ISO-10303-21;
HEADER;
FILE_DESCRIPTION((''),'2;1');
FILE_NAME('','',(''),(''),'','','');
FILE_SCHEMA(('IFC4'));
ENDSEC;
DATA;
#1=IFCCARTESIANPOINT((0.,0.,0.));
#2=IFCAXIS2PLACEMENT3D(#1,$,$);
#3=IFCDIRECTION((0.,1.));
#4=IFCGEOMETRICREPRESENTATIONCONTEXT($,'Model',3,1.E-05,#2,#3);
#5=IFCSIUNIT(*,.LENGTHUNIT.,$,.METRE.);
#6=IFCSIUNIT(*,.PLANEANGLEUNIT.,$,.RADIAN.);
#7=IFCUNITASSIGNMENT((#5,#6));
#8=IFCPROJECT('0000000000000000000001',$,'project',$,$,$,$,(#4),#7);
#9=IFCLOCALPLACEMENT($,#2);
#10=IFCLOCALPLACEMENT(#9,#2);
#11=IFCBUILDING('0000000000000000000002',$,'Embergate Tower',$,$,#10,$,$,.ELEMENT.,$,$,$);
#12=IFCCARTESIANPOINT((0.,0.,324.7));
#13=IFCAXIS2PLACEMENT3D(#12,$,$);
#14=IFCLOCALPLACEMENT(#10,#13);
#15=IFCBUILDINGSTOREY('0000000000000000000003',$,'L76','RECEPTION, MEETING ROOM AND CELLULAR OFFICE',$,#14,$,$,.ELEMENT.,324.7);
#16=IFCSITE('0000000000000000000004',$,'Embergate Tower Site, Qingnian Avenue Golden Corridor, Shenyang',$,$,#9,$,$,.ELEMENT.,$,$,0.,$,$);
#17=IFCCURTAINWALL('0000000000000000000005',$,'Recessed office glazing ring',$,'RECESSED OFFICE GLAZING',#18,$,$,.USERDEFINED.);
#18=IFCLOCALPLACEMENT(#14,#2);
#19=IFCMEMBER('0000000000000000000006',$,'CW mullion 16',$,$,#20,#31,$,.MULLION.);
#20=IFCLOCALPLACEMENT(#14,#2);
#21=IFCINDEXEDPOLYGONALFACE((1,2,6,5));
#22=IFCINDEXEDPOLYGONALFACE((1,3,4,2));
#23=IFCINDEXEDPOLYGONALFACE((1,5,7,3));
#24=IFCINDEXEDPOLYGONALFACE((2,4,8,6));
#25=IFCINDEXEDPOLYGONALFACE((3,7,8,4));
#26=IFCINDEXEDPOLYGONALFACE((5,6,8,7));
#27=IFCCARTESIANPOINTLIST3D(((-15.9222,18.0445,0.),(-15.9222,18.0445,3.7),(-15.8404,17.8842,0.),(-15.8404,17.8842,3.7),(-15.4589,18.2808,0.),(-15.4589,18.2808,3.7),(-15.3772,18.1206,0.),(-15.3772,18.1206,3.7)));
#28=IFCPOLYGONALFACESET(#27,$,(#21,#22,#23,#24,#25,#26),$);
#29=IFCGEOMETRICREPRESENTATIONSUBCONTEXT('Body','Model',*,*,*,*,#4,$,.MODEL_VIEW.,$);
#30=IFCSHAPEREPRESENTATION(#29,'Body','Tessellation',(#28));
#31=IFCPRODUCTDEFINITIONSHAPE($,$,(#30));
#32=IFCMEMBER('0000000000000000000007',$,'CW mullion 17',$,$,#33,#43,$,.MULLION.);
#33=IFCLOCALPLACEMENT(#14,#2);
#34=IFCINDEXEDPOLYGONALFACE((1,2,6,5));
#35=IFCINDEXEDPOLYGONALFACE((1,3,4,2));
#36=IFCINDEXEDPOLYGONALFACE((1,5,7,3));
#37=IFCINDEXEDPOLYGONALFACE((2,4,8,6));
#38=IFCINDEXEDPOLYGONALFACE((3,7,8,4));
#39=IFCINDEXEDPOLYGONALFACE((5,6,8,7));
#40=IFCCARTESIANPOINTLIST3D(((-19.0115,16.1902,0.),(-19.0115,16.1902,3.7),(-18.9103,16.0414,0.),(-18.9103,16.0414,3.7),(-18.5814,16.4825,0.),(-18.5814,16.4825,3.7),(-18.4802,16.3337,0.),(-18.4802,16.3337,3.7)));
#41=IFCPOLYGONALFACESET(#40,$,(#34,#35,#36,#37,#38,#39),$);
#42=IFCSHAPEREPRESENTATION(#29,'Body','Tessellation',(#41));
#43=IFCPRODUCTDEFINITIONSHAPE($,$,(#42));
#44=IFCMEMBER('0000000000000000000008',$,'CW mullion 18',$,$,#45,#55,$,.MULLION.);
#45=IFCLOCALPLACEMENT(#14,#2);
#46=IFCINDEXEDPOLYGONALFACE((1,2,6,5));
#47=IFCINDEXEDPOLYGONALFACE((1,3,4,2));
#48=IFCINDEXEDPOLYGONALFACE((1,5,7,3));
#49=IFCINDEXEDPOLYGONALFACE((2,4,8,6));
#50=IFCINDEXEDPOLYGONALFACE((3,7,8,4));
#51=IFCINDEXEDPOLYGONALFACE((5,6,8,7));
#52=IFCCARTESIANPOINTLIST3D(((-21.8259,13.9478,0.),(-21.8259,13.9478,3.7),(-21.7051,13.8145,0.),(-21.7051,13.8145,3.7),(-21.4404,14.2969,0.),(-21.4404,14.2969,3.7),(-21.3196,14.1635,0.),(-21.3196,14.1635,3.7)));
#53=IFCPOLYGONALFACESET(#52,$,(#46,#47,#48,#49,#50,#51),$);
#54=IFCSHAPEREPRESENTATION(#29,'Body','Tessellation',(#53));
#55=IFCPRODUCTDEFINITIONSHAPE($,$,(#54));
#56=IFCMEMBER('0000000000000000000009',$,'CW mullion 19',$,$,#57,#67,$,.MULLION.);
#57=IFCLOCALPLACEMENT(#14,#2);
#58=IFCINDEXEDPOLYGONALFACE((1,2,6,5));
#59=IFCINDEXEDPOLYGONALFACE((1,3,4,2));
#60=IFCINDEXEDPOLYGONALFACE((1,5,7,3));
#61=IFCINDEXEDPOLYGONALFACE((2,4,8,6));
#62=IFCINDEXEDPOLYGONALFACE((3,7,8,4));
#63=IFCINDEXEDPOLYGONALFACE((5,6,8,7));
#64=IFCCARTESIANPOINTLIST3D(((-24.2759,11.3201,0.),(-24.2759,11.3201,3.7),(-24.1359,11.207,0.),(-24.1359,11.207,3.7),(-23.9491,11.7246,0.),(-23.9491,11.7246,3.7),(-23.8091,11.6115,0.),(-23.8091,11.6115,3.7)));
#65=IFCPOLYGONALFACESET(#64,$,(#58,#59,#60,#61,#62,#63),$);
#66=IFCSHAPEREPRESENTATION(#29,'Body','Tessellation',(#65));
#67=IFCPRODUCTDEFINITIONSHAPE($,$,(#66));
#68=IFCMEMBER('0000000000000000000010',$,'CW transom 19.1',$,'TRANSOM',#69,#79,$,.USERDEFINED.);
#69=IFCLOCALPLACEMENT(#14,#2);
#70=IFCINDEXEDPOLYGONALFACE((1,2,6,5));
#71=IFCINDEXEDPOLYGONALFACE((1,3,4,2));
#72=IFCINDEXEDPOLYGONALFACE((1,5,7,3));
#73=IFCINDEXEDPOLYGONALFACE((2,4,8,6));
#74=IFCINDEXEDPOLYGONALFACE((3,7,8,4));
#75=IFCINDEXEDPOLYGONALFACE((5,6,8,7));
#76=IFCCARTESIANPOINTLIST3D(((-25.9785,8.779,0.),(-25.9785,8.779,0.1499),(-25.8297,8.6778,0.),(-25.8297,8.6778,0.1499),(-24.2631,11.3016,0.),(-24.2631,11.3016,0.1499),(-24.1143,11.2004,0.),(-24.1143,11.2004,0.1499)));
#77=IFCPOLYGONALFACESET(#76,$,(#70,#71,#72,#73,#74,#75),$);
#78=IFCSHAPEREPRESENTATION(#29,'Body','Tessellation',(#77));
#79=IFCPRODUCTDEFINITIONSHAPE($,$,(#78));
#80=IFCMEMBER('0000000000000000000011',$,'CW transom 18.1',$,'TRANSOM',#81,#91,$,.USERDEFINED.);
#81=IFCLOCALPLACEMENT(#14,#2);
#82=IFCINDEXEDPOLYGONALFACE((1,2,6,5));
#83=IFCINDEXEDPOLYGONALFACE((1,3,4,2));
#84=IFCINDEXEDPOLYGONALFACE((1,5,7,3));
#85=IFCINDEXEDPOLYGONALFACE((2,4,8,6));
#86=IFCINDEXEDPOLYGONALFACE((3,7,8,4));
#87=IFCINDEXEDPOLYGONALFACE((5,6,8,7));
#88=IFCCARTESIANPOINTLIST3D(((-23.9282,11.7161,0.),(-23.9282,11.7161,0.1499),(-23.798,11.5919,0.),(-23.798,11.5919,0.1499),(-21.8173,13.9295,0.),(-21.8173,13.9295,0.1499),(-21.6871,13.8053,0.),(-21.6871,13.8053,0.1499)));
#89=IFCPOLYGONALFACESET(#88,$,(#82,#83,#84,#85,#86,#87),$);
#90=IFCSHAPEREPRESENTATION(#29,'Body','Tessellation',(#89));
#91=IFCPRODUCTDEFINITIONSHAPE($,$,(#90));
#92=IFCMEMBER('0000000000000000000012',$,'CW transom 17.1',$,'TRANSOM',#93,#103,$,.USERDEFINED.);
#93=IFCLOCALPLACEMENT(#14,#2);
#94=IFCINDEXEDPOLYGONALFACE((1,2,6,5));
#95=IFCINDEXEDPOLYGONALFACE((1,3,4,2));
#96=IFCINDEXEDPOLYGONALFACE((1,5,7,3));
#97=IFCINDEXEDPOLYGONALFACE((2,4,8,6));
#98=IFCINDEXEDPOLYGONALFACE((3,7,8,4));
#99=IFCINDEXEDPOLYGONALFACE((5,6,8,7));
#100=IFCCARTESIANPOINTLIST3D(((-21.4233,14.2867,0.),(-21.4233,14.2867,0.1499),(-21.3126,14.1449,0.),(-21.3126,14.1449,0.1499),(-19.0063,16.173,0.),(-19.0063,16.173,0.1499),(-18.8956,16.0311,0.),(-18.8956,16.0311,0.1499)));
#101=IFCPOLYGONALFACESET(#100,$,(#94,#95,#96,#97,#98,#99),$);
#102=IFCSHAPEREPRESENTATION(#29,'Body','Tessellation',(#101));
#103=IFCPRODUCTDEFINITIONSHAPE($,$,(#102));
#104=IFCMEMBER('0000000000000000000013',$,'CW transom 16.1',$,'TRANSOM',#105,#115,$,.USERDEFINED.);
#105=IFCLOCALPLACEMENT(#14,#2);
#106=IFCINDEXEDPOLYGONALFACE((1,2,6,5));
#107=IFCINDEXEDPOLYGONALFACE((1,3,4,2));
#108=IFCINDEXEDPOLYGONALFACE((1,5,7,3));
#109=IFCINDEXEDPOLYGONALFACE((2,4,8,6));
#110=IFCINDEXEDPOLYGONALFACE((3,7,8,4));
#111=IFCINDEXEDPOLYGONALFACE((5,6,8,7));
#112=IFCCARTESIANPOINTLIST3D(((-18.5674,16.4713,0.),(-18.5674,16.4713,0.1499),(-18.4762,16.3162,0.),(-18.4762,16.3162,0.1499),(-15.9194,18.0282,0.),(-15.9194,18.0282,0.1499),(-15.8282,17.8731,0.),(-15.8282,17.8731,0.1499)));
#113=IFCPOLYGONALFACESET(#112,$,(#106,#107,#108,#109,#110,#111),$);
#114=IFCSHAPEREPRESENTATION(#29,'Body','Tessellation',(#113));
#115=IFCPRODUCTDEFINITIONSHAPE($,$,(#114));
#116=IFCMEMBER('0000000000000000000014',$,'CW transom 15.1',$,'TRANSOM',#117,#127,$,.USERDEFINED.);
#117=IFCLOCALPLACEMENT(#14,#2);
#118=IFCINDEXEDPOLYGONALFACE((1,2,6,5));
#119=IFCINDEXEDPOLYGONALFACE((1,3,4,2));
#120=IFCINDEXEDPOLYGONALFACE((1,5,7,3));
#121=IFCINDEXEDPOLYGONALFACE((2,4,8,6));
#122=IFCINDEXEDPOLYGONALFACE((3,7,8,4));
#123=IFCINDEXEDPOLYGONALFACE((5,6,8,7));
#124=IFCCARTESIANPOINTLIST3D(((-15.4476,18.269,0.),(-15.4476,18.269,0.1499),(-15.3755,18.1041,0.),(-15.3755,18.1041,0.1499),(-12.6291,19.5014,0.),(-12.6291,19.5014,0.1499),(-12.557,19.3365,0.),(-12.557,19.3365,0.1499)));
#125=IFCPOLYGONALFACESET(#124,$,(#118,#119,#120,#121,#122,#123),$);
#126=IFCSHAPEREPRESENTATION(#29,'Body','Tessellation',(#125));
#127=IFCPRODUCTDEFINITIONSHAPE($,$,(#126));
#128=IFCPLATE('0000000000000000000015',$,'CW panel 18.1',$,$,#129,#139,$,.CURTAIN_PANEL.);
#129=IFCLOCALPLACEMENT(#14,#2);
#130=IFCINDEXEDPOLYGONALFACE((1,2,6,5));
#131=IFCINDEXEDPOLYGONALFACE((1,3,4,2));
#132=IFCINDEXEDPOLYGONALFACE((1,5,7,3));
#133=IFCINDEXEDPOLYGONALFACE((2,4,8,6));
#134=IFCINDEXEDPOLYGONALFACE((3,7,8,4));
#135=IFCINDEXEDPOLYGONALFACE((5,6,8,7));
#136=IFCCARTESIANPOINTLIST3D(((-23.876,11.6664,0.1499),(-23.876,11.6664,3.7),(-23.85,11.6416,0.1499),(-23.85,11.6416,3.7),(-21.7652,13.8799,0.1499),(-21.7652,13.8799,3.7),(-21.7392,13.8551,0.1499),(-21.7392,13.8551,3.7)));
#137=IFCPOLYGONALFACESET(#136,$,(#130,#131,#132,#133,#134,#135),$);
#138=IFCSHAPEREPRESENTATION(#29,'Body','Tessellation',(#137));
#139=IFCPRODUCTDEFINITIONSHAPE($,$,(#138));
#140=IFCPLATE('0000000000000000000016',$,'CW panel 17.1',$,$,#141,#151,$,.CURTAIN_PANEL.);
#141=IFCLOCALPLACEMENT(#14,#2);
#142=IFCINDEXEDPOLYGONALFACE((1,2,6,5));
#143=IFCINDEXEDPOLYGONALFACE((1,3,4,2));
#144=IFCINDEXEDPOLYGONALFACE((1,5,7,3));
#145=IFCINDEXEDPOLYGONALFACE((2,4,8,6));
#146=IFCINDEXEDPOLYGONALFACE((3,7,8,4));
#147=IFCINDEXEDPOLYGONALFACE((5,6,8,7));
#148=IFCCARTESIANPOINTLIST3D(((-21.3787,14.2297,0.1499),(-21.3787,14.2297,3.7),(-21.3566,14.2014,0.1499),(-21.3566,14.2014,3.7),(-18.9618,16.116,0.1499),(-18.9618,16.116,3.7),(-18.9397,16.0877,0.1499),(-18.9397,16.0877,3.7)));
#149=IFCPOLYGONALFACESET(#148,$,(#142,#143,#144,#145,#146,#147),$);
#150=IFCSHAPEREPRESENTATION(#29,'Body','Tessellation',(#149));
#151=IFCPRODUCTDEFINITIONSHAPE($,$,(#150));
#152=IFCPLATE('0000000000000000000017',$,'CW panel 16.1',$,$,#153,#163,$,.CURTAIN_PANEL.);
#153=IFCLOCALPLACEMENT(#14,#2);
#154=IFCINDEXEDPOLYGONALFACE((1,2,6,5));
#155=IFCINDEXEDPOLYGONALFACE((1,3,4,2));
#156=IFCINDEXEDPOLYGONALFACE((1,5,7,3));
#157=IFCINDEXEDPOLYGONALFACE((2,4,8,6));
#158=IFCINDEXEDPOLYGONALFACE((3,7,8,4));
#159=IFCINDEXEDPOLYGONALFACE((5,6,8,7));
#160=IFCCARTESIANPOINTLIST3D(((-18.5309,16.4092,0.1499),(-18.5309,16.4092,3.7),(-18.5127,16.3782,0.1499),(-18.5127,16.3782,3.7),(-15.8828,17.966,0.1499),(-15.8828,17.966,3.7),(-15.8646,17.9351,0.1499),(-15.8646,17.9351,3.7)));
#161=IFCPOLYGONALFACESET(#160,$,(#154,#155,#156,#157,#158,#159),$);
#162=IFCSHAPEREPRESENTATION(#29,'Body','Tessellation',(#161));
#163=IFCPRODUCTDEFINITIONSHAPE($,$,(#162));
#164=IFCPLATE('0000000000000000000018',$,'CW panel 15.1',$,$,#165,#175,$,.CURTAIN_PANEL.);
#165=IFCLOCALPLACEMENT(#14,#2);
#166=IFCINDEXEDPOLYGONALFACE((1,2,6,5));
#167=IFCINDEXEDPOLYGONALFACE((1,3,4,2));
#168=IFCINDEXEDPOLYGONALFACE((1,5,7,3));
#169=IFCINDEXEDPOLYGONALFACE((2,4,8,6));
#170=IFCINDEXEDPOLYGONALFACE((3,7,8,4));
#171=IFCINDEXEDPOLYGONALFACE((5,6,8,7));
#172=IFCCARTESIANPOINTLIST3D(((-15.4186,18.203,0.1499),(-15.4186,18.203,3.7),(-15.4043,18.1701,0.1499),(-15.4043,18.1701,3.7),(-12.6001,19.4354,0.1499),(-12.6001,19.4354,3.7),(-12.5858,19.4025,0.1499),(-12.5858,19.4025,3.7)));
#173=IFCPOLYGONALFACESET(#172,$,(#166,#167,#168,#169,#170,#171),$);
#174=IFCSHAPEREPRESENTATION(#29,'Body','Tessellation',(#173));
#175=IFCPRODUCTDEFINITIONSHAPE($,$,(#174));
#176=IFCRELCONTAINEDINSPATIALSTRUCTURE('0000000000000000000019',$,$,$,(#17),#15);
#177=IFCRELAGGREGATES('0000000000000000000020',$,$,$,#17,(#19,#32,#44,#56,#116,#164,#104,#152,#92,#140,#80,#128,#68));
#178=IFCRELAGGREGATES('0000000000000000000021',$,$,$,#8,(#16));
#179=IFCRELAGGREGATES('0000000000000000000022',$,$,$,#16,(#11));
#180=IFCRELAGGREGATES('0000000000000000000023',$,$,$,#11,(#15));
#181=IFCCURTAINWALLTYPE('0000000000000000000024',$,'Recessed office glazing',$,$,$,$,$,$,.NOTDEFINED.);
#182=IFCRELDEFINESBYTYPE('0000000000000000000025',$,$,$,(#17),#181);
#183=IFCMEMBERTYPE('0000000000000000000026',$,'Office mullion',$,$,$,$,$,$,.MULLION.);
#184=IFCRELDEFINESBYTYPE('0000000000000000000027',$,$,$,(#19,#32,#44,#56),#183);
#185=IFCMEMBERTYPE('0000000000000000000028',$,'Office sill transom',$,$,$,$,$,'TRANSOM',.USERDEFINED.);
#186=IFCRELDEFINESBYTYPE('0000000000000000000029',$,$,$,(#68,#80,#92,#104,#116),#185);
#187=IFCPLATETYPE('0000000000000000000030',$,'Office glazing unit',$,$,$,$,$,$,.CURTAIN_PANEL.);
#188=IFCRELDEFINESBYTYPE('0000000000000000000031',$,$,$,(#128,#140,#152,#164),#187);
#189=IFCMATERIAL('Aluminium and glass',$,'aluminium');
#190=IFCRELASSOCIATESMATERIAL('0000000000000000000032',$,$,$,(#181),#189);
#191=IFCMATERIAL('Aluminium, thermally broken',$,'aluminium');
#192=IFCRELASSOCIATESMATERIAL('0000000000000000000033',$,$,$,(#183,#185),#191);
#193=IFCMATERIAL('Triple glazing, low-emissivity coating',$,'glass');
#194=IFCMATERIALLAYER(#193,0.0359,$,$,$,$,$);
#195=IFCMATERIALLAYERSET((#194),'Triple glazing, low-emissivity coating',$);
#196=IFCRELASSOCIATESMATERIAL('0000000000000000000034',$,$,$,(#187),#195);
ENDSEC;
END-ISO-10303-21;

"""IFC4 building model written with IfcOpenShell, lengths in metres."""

from ifc_helpers import new_model, si_unit, direction, frame, origin, origin_2d, place, context, subcontext, project, spatial, rectangle, extrude, source, transform, mapped, material, layer, layer_set, material_profile, profile_set, type_object, element, aggregate, save


model = new_model("IFC4")

# Units and contexts
model_context = context("Model", 3, precision=1e-05, world=origin(), true_north=direction((0.0, 1.0)))
body_context = subcontext(model_context, "Body", "Model", "MODEL_VIEW")
ifc_project = project(units=[si_unit("LENGTHUNIT", "METRE"), si_unit("PLANEANGLEUNIT", "RADIAN")], contexts=[model_context])

# Site, building, storey
site_placement = place(None, origin())
site = spatial("IfcSite", under=ifc_project, at=site_placement, Name="Embergate Tower Site, Qingnian Avenue Golden Corridor, Shenyang", CompositionType="ELEMENT", RefElevation=0.0)
building_placement = place(site_placement, origin())
building = spatial("IfcBuilding", under=site, at=building_placement, Name="Embergate Tower", CompositionType="ELEMENT")
storey_placement = place(building_placement, frame((0.0, 0.0, 324.7)))
storey = spatial("IfcBuildingStorey", under=building, at=storey_placement, Name="L76", Description="RECEPTION, MEETING ROOM AND CELLULAR OFFICE", CompositionType="ELEMENT", Elevation=324.7)

# Curtain wall, members, plates
ifc_material_1 = material(Name="Aluminium and glass", Category="aluminium")
curtain_wall_type = type_object("IfcCurtainWallType", Name="Recessed office glazing", PredefinedType="NOTDEFINED", material=ifc_material_1)
curtain_wall_placement = place(storey_placement, origin())
curtain_wall = element("IfcCurtainWall", 1, at=curtain_wall_placement, inside=storey, type_object=curtain_wall_type, Name="Recessed office glazing ring", ObjectType="RECESSED OFFICE GLAZING", PredefinedType="USERDEFINED")
ifc_material_2 = material(Name="Aluminium, thermally broken", Category="aluminium")
ifc_material_profile_1 = material_profile(ifc_material_2, rectangle(XDim=0.1799, YDim=0.52, at=origin_2d()), Name="AL 520x180")
ifc_profile_set_1 = profile_set([ifc_material_profile_1], Name="Aluminium, thermally broken")
member_type_1 = type_object("IfcMemberType", Name="Office mullion", PredefinedType="MULLION", material=ifc_profile_set_1)
shared_shape_1 = source(origin(), body_context, "Body", "SweptSolid", [
    extrude(rectangle(XDim=0.1799, YDim=0.52, at=origin_2d()), origin(), (0.0, 0.0, 1.0), 3.7),
])
member_1_placement = place(storey_placement, frame((-15.6497, 18.0825, 0.0), z_axis=(0.0, 0.0, 1.0), x_axis=(0.454508, -0.890743, 0.0)))
member_1 = element("IfcMember", 2, at=member_1_placement, type_object=member_type_1, Name="CW mullion 16", PredefinedType="MULLION", context=body_context, shape_type="MappedRepresentation", body=[
    mapped(shared_shape_1, transform((0.0, 0.0, 0.0))),
])
member_2_placement = place(storey_placement, frame((-18.7458, 16.262, 0.0), z_axis=(0.0, 0.0, 1.0), x_axis=(0.56221, -0.826994, 0.0)))
member_2 = element("IfcMember", 3, at=member_2_placement, type_object=member_type_1, Name="CW mullion 17", PredefinedType="MULLION", context=body_context, shape_type="MappedRepresentation", body=[
    mapped(shared_shape_1, transform((0.0, 0.0, 0.0))),
])
member_3_placement = place(storey_placement, frame((-21.5728, 14.0557, 0.0), z_axis=(0.0, 0.0, 1.0), x_axis=(0.671217, -0.74126, 0.0)))
member_3 = element("IfcMember", 4, at=member_3_placement, type_object=member_type_1, Name="CW mullion 18", PredefinedType="MULLION", context=body_context, shape_type="MappedRepresentation", body=[
    mapped(shared_shape_1, transform((0.0, 0.0, 0.0))),
])
member_4_placement = place(storey_placement, frame((-24.0425, 11.4658, 0.0), z_axis=(0.0, 0.0, 1.0), x_axis=(0.777862, -0.628436, 0.0)))
member_4 = element("IfcMember", 5, at=member_4_placement, type_object=member_type_1, Name="CW mullion 19", PredefinedType="MULLION", context=body_context, shape_type="MappedRepresentation", body=[
    mapped(shared_shape_1, transform((0.0, 0.0, 0.0))),
])
ifc_material_profile_2 = material_profile(ifc_material_2, rectangle(XDim=0.1799, YDim=0.1499, at=origin_2d()), Name="AL 150x180")
ifc_profile_set_2 = profile_set([ifc_material_profile_2], Name="Aluminium, thermally broken")
member_type_2 = type_object("IfcMemberType", Name="Office sill transom", ElementType="TRANSOM", PredefinedType="USERDEFINED", material=ifc_profile_set_2)
shared_shape_2 = source(origin(), body_context, "Body", "SweptSolid", [
    extrude(rectangle(XDim=0.1799, YDim=0.1499, at=origin_2d()), origin(), (0.0, 0.0, 1.0), 3.0505),
])
member_5_placement = place(storey_placement, frame((-24.1887, 11.251, 0.075), z_axis=(-0.562323, -0.826918, 0.0), x_axis=(0.826918, -0.562323, 0.0)))
member_5 = element("IfcMember", 6, at=member_5_placement, type_object=member_type_2, Name="CW transom 19.1", ObjectType="TRANSOM", PredefinedType="USERDEFINED", context=body_context, shape_type="MappedRepresentation", body=[
    mapped(shared_shape_2, transform((0.0, 0.0, 0.0))),
])
shared_shape_3 = source(origin(), body_context, "Body", "SweptSolid", [
    extrude(rectangle(XDim=0.1799, YDim=0.1499, at=origin_2d()), origin(), (0.0, 0.0, 1.0), 3.0586),
])
member_6_placement = place(storey_placement, frame((-21.7522, 13.8674, 0.075), z_axis=(-0.690145, -0.723671, 0.0), x_axis=(0.723671, -0.690145, 0.0)))
member_6 = element("IfcMember", 7, at=member_6_placement, type_object=member_type_2, Name="CW transom 18.1", ObjectType="TRANSOM", PredefinedType="USERDEFINED", context=body_context, shape_type="MappedRepresentation", body=[
    mapped(shared_shape_3, transform((0.0, 0.0, 0.0))),
])
shared_shape_4 = source(origin(), body_context, "Body", "SweptSolid", [
    extrude(rectangle(XDim=0.1799, YDim=0.1499, at=origin_2d()), origin(), (0.0, 0.0, 1.0), 3.0659),
])
member_7_placement = place(storey_placement, frame((-18.9509, 16.1021, 0.075), z_axis=(-0.788348, -0.61523, 0.0), x_axis=(0.61523, -0.788348, 0.0)))
member_7 = element("IfcMember", 8, at=member_7_placement, type_object=member_type_2, Name="CW transom 17.1", ObjectType="TRANSOM", PredefinedType="USERDEFINED", context=body_context, shape_type="MappedRepresentation", body=[
    mapped(shared_shape_4, transform((0.0, 0.0, 0.0))),
])
shared_shape_5 = source(origin(), body_context, "Body", "SweptSolid", [
    extrude(rectangle(XDim=0.1799, YDim=0.1499, at=origin_2d()), origin(), (0.0, 0.0, 1.0), 3.0718),
])
member_8_placement = place(storey_placement, frame((-15.8738, 17.9507, 0.075), z_axis=(-0.862038, -0.506843, 0.0), x_axis=(0.506843, -0.862038, 0.0)))
member_8 = element("IfcMember", 9, at=member_8_placement, type_object=member_type_2, Name="CW transom 16.1", ObjectType="TRANSOM", PredefinedType="USERDEFINED", context=body_context, shape_type="MappedRepresentation", body=[
    mapped(shared_shape_5, transform((0.0, 0.0, 0.0))),
])
shared_shape_6 = source(origin(), body_context, "Body", "SweptSolid", [
    extrude(rectangle(XDim=0.1799, YDim=0.1499, at=origin_2d()), origin(), (0.0, 0.0, 1.0), 3.0762),
])
member_9_placement = place(storey_placement, frame((-12.593, 19.4189, 0.075), z_axis=(-0.916243, -0.400623, 0.0), x_axis=(0.400623, -0.916243, 0.0)))
member_9 = element("IfcMember", 10, at=member_9_placement, type_object=member_type_2, Name="CW transom 15.1", ObjectType="TRANSOM", PredefinedType="USERDEFINED", context=body_context, shape_type="MappedRepresentation", body=[
    mapped(shared_shape_6, transform((0.0, 0.0, 0.0))),
])
ifc_material_3 = material(Name="Triple glazing, low-emissivity coating", Category="glass")
ifc_layer_1 = layer(ifc_material_3, 0.0359)
ifc_layer_set_1 = layer_set([ifc_layer_1], Name="Triple glazing, low-emissivity coating")
plate_type = type_object("IfcPlateType", Name="Office glazing unit", PredefinedType="CURTAIN_PANEL", material=ifc_layer_set_1)
shared_shape_7 = source(origin(), body_context, "Body", "SweptSolid", [
    extrude(rectangle(XDim=3.0586, YDim=0.0359, at=origin_2d()), origin(), (0.0, 0.0, 1.0), 3.55),
])
plate_1_placement = place(storey_placement, frame((-22.8076, 12.7607, 0.1499), z_axis=(0.0, 0.0, 1.0), x_axis=(-0.690133, -0.723683, 0.0)))
plate_1 = element("IfcPlate", 11, at=plate_1_placement, type_object=plate_type, Name="CW panel 18.1", PredefinedType="CURTAIN_PANEL", context=body_context, shape_type="MappedRepresentation", body=[
    mapped(shared_shape_7, transform((0.0, 0.0, 0.0))),
])
shared_shape_8 = source(origin(), body_context, "Body", "SweptSolid", [
    extrude(rectangle(XDim=3.0659, YDim=0.0359, at=origin_2d()), origin(), (0.0, 0.0, 1.0), 3.55),
])
plate_2_placement = place(storey_placement, frame((-20.1592, 15.1587, 0.1499), z_axis=(0.0, 0.0, 1.0), x_axis=(-0.788318, -0.615268, 0.0)))
plate_2 = element("IfcPlate", 12, at=plate_2_placement, type_object=plate_type, Name="CW panel 17.1", PredefinedType="CURTAIN_PANEL", context=body_context, shape_type="MappedRepresentation", body=[
    mapped(shared_shape_8, transform((0.0, 0.0, 0.0))),
])
shared_shape_9 = source(origin(), body_context, "Body", "SweptSolid", [
    extrude(rectangle(XDim=3.0718, YDim=0.0359, at=origin_2d()), origin(), (0.0, 0.0, 1.0), 3.55),
])
plate_3_placement = place(storey_placement, frame((-17.1978, 17.1721, 0.1499), z_axis=(0.0, 0.0, 1.0), x_axis=(-0.862051, -0.506822, 0.0)))
plate_3 = element("IfcPlate", 13, at=plate_3_placement, type_object=plate_type, Name="CW panel 16.1", PredefinedType="CURTAIN_PANEL", context=body_context, shape_type="MappedRepresentation", body=[
    mapped(shared_shape_9, transform((0.0, 0.0, 0.0))),
])
shared_shape_10 = source(origin(), body_context, "Body", "SweptSolid", [
    extrude(rectangle(XDim=3.0762, YDim=0.0359, at=origin_2d()), origin(), (0.0, 0.0, 1.0), 3.55),
])
plate_4_placement = place(storey_placement, frame((-14.0022, 18.8027, 0.1499), z_axis=(0.0, 0.0, 1.0), x_axis=(-0.916234, -0.400643, 0.0)))
plate_4 = element("IfcPlate", 14, at=plate_4_placement, type_object=plate_type, Name="CW panel 15.1", PredefinedType="CURTAIN_PANEL", context=body_context, shape_type="MappedRepresentation", body=[
    mapped(shared_shape_10, transform((0.0, 0.0, 0.0))),
])
aggregate(curtain_wall, [member_1, member_2, member_3, member_4, member_9, plate_4, member_8, plate_3, member_7, plate_2, member_6, plate_1, member_5])

save(model, "model.ifc")
